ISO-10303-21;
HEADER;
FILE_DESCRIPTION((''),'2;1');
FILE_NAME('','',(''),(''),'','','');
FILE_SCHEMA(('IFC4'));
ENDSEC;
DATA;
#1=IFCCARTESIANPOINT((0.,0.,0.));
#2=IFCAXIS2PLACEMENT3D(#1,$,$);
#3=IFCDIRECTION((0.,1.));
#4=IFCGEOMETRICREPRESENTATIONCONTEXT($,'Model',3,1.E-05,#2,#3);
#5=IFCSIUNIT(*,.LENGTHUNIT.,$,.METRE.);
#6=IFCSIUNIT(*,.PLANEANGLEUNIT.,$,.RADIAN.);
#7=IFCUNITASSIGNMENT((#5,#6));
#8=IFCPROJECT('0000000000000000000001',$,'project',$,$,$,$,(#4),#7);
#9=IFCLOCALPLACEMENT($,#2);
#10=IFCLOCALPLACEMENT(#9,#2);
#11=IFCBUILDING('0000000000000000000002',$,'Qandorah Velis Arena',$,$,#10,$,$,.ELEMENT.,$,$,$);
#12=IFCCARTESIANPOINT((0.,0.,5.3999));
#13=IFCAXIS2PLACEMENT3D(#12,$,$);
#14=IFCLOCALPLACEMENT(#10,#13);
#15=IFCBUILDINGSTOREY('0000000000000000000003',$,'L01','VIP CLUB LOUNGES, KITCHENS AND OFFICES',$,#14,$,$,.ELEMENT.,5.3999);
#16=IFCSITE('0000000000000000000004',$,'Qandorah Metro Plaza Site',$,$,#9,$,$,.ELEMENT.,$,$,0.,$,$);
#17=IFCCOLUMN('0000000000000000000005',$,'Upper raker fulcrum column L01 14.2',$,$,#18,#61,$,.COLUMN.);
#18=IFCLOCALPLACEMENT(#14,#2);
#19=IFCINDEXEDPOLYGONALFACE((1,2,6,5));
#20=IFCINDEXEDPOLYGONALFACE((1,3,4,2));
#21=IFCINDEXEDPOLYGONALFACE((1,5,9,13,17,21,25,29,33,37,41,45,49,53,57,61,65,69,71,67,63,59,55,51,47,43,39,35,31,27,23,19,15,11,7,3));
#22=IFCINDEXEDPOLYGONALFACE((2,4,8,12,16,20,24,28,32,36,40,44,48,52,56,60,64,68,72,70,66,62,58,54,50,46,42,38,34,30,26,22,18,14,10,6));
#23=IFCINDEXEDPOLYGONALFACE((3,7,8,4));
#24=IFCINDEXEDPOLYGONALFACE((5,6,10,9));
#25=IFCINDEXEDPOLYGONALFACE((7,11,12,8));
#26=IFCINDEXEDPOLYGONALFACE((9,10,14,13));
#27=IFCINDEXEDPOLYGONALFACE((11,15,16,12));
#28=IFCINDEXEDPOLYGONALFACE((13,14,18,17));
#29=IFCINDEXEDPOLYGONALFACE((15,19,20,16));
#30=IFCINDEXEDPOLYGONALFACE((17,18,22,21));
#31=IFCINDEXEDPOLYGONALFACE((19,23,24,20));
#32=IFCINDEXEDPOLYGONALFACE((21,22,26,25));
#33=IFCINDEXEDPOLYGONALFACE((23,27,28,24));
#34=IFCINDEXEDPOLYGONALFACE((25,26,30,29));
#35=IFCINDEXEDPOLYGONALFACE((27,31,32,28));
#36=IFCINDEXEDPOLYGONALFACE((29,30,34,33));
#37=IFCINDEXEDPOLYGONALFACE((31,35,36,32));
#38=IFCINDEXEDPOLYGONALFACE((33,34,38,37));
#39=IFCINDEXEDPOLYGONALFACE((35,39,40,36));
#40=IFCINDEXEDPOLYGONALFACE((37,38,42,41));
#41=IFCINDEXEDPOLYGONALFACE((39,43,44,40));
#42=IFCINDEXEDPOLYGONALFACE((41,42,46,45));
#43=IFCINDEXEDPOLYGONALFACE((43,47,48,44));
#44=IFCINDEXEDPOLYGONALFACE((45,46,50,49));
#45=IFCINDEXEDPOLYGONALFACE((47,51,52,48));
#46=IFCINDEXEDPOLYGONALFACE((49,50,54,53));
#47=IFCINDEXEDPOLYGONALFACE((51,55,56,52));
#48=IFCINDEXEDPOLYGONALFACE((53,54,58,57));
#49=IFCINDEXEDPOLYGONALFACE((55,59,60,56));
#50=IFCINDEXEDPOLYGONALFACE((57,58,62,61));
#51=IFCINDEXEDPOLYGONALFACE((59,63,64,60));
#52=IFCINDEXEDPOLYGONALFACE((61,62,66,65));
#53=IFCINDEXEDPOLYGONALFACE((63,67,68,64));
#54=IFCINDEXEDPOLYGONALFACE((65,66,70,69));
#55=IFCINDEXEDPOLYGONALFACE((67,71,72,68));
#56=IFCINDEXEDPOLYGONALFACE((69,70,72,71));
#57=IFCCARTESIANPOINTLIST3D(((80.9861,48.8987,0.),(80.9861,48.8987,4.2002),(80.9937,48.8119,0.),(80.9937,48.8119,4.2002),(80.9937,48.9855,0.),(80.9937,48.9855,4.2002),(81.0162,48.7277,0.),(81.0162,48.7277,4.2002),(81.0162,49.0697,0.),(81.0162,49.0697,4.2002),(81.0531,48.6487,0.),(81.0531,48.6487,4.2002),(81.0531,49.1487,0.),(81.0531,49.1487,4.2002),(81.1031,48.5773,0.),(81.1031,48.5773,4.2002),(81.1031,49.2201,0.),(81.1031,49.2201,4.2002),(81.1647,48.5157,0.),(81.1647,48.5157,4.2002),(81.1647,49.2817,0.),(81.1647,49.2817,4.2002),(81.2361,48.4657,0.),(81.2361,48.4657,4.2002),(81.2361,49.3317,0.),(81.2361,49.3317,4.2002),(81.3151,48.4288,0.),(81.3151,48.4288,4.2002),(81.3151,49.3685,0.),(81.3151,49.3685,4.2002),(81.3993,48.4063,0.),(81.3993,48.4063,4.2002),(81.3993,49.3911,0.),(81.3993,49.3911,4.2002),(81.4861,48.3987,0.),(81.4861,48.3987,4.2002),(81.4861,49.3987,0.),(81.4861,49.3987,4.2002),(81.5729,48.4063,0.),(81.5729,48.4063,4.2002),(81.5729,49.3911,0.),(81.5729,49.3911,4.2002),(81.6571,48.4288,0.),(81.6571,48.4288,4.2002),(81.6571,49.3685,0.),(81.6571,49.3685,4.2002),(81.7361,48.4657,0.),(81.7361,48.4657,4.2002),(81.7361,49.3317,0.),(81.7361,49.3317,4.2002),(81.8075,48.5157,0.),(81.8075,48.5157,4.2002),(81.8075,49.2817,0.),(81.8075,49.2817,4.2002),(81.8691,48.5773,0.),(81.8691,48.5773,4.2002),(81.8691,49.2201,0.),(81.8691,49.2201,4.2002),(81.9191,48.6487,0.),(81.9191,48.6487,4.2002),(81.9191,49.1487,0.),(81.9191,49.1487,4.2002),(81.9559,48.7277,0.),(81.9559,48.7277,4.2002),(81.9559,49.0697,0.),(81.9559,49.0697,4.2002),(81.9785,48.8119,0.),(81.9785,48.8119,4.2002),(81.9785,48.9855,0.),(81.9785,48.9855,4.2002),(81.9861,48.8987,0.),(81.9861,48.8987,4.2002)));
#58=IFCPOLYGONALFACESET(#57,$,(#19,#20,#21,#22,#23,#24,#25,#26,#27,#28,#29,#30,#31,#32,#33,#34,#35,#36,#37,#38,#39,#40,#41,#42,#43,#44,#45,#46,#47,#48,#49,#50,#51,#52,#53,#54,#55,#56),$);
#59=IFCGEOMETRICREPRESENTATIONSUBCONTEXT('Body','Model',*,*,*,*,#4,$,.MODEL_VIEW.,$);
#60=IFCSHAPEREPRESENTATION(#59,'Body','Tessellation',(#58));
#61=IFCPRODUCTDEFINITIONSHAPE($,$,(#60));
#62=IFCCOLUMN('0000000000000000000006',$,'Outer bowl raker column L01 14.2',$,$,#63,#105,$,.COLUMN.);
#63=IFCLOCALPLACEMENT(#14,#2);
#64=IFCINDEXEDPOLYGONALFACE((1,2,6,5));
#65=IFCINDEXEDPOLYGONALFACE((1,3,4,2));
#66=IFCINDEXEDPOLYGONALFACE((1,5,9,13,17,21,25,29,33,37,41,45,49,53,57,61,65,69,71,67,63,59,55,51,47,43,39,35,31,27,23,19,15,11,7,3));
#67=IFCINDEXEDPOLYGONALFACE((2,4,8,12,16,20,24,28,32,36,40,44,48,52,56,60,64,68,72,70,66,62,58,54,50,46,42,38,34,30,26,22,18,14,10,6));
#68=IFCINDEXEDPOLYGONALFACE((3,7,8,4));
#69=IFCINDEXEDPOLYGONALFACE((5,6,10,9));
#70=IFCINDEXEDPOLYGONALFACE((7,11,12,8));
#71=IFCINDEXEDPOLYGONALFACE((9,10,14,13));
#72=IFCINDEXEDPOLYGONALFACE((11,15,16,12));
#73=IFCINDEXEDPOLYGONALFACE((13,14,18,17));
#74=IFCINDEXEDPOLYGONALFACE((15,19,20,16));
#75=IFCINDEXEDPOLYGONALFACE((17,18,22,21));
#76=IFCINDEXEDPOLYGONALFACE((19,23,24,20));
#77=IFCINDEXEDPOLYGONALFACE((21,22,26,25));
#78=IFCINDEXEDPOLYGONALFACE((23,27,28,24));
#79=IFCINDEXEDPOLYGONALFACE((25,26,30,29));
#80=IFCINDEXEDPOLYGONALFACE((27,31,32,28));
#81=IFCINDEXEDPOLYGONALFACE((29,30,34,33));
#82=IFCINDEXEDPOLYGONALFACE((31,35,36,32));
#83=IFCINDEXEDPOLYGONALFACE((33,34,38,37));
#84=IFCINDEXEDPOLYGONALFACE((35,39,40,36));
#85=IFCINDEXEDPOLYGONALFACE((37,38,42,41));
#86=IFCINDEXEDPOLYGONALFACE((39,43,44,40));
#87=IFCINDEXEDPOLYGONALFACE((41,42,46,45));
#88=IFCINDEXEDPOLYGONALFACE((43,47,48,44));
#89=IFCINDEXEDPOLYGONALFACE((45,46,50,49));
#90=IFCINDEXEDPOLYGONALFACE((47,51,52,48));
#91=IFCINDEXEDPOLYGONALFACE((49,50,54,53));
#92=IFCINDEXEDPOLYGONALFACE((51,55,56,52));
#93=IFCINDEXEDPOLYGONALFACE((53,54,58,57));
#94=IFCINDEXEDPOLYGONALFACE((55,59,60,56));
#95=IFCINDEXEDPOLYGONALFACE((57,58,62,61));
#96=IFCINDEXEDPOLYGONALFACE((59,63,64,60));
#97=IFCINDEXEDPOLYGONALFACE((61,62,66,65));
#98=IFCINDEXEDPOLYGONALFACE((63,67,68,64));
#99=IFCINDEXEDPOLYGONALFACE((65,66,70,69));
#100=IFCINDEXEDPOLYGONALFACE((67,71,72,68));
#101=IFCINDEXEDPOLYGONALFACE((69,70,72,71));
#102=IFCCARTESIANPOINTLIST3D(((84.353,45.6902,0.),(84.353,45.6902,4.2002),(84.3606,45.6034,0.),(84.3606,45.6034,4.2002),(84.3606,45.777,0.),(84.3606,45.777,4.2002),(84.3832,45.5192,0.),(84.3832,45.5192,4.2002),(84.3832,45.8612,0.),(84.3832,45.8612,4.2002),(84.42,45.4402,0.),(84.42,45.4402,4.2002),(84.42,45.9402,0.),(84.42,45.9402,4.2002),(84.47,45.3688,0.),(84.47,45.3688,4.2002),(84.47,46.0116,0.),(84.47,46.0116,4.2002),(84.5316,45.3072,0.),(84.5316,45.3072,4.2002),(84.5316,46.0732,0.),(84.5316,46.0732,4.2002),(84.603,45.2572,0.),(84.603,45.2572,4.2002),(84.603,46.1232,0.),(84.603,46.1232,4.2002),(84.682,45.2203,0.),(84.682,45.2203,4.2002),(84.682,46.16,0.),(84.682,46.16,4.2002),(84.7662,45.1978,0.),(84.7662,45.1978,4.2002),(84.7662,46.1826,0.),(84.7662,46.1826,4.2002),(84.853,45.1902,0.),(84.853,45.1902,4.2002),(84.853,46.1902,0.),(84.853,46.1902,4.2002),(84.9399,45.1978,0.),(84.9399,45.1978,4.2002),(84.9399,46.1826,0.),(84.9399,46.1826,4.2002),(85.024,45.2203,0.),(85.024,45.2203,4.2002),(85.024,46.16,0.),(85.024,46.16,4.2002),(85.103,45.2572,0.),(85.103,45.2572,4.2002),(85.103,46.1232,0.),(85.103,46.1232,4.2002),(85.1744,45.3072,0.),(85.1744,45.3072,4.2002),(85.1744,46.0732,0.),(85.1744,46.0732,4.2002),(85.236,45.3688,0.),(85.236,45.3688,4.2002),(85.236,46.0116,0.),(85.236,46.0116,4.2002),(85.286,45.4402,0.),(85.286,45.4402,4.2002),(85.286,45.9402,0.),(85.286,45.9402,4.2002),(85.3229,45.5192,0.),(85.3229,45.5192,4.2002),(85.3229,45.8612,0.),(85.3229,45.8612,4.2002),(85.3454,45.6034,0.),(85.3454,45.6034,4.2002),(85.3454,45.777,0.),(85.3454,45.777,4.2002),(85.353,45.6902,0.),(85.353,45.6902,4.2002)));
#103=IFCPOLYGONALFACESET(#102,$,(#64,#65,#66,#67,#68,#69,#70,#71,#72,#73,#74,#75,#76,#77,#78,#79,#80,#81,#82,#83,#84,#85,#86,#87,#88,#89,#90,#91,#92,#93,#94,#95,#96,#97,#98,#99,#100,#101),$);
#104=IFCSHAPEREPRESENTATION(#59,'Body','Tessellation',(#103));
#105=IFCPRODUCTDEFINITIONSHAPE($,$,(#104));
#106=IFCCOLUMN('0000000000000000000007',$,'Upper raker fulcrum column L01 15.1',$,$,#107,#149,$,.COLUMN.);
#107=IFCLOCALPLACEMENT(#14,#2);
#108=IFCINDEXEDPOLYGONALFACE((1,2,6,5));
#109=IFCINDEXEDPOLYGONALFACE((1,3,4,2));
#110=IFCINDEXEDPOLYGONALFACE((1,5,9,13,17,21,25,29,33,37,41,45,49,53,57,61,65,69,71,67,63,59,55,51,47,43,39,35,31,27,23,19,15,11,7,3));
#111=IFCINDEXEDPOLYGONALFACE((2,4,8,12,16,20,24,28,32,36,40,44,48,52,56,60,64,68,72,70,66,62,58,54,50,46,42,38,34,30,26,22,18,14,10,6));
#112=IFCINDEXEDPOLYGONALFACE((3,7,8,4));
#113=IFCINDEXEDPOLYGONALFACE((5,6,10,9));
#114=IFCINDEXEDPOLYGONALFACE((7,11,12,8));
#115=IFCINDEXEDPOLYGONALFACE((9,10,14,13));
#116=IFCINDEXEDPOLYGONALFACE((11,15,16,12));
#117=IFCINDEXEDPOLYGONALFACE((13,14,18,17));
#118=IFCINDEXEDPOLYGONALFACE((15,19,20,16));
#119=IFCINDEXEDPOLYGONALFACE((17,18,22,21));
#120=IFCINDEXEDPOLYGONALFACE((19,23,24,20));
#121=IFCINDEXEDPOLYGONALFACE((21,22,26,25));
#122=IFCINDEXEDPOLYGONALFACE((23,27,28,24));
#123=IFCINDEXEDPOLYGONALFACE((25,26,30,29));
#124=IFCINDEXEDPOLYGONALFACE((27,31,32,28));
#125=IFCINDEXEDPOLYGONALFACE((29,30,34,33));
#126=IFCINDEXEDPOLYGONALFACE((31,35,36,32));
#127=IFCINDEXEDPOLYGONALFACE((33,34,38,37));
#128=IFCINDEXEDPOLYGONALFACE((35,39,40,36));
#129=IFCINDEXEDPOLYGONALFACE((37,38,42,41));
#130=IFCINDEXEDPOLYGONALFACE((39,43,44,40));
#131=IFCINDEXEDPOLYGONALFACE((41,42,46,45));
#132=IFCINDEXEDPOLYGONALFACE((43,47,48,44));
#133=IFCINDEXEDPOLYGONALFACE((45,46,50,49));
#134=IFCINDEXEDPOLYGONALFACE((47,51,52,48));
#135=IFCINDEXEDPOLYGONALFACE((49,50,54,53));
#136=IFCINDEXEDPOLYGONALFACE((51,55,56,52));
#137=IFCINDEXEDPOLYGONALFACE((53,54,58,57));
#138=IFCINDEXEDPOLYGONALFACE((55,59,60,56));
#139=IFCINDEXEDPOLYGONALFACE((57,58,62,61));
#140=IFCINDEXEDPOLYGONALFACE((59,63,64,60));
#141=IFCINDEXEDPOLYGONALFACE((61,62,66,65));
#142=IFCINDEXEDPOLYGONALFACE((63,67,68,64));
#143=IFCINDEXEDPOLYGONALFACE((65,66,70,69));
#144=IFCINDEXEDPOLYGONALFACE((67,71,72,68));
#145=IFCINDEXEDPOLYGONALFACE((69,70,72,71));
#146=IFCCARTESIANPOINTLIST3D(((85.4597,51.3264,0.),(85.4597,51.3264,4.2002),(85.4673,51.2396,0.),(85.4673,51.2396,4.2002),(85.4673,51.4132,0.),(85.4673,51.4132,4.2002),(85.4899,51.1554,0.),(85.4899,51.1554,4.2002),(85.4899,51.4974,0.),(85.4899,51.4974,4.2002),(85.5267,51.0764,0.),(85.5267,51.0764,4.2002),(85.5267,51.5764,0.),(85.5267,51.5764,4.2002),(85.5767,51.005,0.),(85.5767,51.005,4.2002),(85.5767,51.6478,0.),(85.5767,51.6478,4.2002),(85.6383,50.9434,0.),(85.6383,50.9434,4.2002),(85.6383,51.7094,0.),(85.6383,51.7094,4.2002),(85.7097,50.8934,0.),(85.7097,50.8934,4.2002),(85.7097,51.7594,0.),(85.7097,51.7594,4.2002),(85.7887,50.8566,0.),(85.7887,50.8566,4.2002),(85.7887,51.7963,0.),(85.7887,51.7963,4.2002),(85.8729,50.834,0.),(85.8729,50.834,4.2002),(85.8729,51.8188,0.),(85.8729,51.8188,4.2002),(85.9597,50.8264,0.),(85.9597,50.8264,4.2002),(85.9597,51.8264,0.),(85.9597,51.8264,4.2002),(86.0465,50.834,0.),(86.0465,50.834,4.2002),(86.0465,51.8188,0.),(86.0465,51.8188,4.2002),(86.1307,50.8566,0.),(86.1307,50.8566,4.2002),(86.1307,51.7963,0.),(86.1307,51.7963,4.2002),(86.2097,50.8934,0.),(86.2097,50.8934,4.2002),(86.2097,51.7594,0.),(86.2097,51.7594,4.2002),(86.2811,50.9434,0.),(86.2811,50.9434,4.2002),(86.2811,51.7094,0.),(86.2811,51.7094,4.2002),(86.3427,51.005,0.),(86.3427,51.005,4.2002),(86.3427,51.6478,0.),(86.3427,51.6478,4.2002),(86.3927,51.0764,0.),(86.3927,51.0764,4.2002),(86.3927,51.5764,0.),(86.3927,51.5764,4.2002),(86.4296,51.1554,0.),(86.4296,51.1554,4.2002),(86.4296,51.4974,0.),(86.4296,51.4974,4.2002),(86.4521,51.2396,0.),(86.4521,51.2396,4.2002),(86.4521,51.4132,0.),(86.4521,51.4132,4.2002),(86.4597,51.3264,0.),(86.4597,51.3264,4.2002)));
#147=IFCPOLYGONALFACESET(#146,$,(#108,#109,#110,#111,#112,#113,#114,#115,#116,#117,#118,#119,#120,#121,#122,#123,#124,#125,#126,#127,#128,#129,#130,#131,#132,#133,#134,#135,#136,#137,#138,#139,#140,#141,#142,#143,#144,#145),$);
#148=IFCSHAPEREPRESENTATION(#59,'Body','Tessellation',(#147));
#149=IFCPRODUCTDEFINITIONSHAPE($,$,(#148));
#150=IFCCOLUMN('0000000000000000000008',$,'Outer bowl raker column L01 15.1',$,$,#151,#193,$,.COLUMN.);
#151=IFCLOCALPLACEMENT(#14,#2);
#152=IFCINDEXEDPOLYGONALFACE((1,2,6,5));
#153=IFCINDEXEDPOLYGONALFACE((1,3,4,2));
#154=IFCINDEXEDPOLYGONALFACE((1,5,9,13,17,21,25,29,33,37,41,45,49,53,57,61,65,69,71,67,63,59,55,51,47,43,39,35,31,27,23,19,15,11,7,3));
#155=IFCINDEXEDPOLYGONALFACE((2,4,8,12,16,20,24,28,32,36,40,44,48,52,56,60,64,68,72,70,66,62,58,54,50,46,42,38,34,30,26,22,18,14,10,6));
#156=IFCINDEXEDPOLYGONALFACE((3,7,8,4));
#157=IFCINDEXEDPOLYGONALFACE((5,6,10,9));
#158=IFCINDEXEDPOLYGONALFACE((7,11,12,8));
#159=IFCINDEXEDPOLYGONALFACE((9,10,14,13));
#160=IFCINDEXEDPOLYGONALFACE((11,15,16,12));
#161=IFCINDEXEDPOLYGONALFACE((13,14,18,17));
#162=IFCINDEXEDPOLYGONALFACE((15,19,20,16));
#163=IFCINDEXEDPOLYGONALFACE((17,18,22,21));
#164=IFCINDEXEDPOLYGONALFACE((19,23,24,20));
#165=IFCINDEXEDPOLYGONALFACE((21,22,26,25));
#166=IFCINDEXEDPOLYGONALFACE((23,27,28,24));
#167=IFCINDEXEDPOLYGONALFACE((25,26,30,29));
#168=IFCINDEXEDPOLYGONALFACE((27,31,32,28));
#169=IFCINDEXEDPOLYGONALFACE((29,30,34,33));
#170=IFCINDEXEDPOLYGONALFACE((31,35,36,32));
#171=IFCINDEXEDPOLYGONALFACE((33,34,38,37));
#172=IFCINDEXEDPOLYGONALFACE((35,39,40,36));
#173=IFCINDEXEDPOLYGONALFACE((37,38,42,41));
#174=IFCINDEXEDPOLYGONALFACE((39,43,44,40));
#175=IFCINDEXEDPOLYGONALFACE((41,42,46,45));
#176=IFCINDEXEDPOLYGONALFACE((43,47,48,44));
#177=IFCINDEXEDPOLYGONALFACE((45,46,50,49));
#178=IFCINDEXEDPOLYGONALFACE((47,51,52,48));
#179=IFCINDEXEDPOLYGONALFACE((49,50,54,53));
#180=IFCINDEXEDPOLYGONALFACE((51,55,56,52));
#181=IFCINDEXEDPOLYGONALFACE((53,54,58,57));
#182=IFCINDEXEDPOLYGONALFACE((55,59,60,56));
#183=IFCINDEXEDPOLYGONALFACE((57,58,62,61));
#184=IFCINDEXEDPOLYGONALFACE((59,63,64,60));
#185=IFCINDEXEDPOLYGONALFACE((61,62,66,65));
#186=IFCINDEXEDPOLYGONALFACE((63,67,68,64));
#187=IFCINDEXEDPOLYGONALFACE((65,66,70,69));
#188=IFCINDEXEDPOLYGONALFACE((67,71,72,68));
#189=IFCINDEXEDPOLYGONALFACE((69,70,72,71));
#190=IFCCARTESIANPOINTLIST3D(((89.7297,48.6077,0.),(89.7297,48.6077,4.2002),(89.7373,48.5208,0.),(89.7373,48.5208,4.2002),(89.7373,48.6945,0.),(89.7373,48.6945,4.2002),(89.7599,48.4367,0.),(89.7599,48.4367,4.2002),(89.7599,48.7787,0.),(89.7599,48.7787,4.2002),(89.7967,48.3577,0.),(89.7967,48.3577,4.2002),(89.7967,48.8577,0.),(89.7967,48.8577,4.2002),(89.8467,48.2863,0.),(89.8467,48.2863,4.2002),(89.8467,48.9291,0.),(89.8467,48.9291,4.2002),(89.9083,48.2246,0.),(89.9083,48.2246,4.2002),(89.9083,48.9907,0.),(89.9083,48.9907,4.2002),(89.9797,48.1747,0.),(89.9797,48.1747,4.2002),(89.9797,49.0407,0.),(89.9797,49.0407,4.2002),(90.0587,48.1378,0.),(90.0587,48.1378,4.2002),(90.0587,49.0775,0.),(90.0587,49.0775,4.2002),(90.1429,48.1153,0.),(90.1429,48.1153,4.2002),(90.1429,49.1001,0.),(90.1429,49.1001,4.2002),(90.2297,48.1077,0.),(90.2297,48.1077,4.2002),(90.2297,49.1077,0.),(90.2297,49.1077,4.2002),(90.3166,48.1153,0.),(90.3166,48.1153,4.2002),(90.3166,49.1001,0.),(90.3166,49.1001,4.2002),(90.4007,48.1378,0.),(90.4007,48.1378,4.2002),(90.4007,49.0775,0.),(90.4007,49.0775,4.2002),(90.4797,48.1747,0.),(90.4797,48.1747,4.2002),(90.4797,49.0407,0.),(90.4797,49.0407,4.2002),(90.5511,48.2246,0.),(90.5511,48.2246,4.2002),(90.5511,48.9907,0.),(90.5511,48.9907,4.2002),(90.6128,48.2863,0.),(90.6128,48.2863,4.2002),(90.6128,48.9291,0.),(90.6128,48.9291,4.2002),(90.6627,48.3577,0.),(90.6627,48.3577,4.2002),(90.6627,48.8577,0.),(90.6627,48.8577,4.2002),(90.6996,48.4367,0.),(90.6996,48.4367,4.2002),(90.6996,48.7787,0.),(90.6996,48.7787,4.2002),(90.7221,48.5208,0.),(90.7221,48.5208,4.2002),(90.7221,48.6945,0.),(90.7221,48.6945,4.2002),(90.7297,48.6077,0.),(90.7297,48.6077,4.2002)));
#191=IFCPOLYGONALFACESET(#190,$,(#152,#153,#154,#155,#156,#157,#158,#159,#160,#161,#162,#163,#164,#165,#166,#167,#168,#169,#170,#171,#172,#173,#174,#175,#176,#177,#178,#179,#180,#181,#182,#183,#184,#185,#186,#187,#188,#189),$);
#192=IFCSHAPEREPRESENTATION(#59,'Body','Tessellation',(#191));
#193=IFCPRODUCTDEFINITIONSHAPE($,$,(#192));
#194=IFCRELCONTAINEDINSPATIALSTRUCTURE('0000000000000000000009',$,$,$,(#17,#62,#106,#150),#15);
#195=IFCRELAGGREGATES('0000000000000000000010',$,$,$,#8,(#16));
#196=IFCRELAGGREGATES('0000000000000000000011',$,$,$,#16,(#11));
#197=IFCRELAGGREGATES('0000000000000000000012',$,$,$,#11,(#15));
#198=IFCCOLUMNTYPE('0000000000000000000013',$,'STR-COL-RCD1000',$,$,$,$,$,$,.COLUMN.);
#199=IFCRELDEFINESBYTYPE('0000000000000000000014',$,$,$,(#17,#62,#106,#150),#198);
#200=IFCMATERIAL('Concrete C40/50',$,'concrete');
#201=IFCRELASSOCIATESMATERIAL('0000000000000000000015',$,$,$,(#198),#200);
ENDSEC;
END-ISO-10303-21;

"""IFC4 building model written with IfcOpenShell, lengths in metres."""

from ifc_helpers import new_model, si_unit, direction, frame, origin, origin_2d, place, context, subcontext, project, spatial, circle, extrude, material, material_profile, profile_set, type_object, element, save


model = new_model("IFC4")

# Units and contexts
model_context = context("Model", 3, precision=1e-05, world=origin(), true_north=direction((0.0, 1.0)))
body_context = subcontext(model_context, "Body", "Model", "MODEL_VIEW")
ifc_project = project(units=[si_unit("LENGTHUNIT", "METRE"), si_unit("PLANEANGLEUNIT", "RADIAN")], contexts=[model_context])

# Site, building, storey
site_placement = place(None, origin())
site = spatial("IfcSite", under=ifc_project, at=site_placement, Name="Qandorah Metro Plaza Site", CompositionType="ELEMENT", RefElevation=0.0)
building_placement = place(site_placement, origin())
building = spatial("IfcBuilding", under=site, at=building_placement, Name="Qandorah Velis Arena", CompositionType="ELEMENT")
storey_placement = place(building_placement, frame((0.0, 0.0, 5.3999)))
storey = spatial("IfcBuildingStorey", under=building, at=storey_placement, Name="L01", Description="VIP CLUB LOUNGES, KITCHENS AND OFFICES", CompositionType="ELEMENT", Elevation=5.3999)

# Columns
ifc_material_1 = material(Name="Concrete C40/50", Category="concrete")
ifc_material_profile_1 = material_profile(ifc_material_1, circle(Radius=0.5, at=origin_2d()), Name="RC D1000")
ifc_profile_set_1 = profile_set([ifc_material_profile_1], Name="Concrete C40/50")
column_type_1 = type_object("IfcColumnType", Name="STR-COL-RCD1000", PredefinedType="COLUMN", material=ifc_profile_set_1)
for number, where, z_axis, x_axis, name in (
    (1, (81.4861, 48.8987, 0.0), (0.0, 0.0, 1.0), (1.0, 0.0, 0.0), "Upper raker fulcrum column L01 14.2"),
    (2, (84.853, 45.6902, 0.0), (0.0, 0.0, 1.0), (1.0, 0.0, 0.0), "Outer bowl raker column L01 14.2"),
    (3, (85.9597, 51.3264, 0.0), (0.0, 0.0, 1.0), (1.0, 0.0, 0.0), "Upper raker fulcrum column L01 15.1"),
    (4, (90.2297, 48.6077, 0.0), (0.0, 0.0, 1.0), (1.0, 0.0, 0.0), "Outer bowl raker column L01 15.1"),
):
    element("IfcColumn", number, at=place(storey_placement, frame(where, z_axis=z_axis, x_axis=x_axis)), inside=storey, type_object=column_type_1, Name=name, PredefinedType="COLUMN", context=body_context, shape_type="SweptSolid", body=[
        extrude(circle(Radius=0.5, at=origin_2d()), origin(), (0.0, 0.0, 1.0), 4.2002),
    ])

save(model, "model.ifc")
